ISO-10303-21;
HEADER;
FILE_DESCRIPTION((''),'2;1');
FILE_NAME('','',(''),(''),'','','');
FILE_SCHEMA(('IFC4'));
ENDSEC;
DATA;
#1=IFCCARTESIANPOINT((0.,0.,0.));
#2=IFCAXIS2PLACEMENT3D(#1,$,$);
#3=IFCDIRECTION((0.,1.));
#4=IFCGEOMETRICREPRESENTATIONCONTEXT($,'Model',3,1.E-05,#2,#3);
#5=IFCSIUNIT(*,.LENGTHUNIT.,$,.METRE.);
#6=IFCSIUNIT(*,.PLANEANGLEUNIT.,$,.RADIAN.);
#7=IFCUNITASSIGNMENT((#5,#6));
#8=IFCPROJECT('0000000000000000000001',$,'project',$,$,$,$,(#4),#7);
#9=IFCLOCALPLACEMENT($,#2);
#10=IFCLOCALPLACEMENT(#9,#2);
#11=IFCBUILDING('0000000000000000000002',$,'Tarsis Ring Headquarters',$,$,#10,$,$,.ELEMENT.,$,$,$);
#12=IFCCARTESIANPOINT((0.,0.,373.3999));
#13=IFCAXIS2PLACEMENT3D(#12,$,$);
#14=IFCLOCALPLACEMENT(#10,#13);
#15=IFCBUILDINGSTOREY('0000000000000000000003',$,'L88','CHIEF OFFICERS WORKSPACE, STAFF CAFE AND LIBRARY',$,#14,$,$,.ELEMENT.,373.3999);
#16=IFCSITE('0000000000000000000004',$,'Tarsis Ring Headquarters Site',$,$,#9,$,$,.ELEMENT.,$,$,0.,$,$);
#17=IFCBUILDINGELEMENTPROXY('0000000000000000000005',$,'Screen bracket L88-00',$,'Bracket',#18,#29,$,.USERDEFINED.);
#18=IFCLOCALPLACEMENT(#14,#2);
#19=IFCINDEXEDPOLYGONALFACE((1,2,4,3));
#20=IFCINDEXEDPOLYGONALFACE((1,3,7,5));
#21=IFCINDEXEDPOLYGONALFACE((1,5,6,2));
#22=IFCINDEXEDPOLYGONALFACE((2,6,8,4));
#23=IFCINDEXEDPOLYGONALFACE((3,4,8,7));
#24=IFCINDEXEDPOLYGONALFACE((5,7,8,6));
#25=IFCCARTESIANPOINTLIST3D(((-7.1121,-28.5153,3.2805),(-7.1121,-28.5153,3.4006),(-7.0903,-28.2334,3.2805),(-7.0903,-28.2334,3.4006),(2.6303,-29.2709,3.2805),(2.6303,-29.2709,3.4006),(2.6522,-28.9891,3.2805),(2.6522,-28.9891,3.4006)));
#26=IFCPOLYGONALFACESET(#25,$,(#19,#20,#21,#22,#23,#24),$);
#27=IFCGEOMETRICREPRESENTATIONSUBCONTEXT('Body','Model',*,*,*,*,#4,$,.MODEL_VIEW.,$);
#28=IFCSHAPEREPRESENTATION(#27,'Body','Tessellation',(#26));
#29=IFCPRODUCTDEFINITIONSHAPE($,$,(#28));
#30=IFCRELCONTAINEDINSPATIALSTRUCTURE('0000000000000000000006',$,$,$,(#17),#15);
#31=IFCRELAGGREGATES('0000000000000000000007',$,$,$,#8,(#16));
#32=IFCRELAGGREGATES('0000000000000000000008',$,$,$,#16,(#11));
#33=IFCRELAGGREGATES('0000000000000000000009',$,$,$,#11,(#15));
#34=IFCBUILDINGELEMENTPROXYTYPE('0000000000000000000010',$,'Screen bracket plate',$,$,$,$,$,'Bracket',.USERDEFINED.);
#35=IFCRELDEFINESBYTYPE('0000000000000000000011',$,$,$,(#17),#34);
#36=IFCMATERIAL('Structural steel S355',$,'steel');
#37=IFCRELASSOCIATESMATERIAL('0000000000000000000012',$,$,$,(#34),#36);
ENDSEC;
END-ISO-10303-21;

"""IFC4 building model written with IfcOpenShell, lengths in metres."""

from ifc_helpers import new_model, si_unit, direction, frame, origin, origin_2d, place, context, subcontext, project, spatial, rectangle, extrude, material, type_object, element, save


model = new_model("IFC4")

# Units and contexts
model_context = context("Model", 3, precision=1e-05, world=origin(), true_north=direction((0.0, 1.0)))
body_context = subcontext(model_context, "Body", "Model", "MODEL_VIEW")
ifc_project = project(units=[si_unit("LENGTHUNIT", "METRE"), si_unit("PLANEANGLEUNIT", "RADIAN")], contexts=[model_context])

# Site, building, storey
site_placement = place(None, origin())
site = spatial("IfcSite", under=ifc_project, at=site_placement, Name="Tarsis Ring Headquarters Site", CompositionType="ELEMENT", RefElevation=0.0)
building_placement = place(site_placement, origin())
building = spatial("IfcBuilding", under=site, at=building_placement, Name="Tarsis Ring Headquarters", CompositionType="ELEMENT")
storey_placement = place(building_placement, frame((0.0, 0.0, 373.3999)))
storey = spatial("IfcBuildingStorey", under=building, at=storey_placement, Name="L88", Description="CHIEF OFFICERS WORKSPACE, STAFF CAFE AND LIBRARY", CompositionType="ELEMENT", Elevation=373.3999)

# Shared definitions
ifc_material_1 = material(Name="Structural steel S355", Category="steel")

# Building element proxy
building_element_proxy_type = type_object("IfcBuildingElementProxyType", Name="Screen bracket plate", ElementType="Bracket", PredefinedType="USERDEFINED", material=ifc_material_1)
proxy_placement = place(storey_placement, frame((-2.23, -28.7522, 3.2805), z_axis=(0.0, 0.0, 1.0), x_axis=(0.997006, -0.077328, 0.0)))
element("IfcBuildingElementProxy", 1, at=proxy_placement, inside=storey, type_object=building_element_proxy_type, Name="Screen bracket L88-00", ObjectType="Bracket", PredefinedType="USERDEFINED", context=body_context, shape_type="SweptSolid", body=[
    extrude(rectangle(XDim=9.7717, YDim=0.2827, at=origin_2d()), origin(), (0.0, 0.0, 1.0), 0.1201),
])

save(model, "model.ifc")
